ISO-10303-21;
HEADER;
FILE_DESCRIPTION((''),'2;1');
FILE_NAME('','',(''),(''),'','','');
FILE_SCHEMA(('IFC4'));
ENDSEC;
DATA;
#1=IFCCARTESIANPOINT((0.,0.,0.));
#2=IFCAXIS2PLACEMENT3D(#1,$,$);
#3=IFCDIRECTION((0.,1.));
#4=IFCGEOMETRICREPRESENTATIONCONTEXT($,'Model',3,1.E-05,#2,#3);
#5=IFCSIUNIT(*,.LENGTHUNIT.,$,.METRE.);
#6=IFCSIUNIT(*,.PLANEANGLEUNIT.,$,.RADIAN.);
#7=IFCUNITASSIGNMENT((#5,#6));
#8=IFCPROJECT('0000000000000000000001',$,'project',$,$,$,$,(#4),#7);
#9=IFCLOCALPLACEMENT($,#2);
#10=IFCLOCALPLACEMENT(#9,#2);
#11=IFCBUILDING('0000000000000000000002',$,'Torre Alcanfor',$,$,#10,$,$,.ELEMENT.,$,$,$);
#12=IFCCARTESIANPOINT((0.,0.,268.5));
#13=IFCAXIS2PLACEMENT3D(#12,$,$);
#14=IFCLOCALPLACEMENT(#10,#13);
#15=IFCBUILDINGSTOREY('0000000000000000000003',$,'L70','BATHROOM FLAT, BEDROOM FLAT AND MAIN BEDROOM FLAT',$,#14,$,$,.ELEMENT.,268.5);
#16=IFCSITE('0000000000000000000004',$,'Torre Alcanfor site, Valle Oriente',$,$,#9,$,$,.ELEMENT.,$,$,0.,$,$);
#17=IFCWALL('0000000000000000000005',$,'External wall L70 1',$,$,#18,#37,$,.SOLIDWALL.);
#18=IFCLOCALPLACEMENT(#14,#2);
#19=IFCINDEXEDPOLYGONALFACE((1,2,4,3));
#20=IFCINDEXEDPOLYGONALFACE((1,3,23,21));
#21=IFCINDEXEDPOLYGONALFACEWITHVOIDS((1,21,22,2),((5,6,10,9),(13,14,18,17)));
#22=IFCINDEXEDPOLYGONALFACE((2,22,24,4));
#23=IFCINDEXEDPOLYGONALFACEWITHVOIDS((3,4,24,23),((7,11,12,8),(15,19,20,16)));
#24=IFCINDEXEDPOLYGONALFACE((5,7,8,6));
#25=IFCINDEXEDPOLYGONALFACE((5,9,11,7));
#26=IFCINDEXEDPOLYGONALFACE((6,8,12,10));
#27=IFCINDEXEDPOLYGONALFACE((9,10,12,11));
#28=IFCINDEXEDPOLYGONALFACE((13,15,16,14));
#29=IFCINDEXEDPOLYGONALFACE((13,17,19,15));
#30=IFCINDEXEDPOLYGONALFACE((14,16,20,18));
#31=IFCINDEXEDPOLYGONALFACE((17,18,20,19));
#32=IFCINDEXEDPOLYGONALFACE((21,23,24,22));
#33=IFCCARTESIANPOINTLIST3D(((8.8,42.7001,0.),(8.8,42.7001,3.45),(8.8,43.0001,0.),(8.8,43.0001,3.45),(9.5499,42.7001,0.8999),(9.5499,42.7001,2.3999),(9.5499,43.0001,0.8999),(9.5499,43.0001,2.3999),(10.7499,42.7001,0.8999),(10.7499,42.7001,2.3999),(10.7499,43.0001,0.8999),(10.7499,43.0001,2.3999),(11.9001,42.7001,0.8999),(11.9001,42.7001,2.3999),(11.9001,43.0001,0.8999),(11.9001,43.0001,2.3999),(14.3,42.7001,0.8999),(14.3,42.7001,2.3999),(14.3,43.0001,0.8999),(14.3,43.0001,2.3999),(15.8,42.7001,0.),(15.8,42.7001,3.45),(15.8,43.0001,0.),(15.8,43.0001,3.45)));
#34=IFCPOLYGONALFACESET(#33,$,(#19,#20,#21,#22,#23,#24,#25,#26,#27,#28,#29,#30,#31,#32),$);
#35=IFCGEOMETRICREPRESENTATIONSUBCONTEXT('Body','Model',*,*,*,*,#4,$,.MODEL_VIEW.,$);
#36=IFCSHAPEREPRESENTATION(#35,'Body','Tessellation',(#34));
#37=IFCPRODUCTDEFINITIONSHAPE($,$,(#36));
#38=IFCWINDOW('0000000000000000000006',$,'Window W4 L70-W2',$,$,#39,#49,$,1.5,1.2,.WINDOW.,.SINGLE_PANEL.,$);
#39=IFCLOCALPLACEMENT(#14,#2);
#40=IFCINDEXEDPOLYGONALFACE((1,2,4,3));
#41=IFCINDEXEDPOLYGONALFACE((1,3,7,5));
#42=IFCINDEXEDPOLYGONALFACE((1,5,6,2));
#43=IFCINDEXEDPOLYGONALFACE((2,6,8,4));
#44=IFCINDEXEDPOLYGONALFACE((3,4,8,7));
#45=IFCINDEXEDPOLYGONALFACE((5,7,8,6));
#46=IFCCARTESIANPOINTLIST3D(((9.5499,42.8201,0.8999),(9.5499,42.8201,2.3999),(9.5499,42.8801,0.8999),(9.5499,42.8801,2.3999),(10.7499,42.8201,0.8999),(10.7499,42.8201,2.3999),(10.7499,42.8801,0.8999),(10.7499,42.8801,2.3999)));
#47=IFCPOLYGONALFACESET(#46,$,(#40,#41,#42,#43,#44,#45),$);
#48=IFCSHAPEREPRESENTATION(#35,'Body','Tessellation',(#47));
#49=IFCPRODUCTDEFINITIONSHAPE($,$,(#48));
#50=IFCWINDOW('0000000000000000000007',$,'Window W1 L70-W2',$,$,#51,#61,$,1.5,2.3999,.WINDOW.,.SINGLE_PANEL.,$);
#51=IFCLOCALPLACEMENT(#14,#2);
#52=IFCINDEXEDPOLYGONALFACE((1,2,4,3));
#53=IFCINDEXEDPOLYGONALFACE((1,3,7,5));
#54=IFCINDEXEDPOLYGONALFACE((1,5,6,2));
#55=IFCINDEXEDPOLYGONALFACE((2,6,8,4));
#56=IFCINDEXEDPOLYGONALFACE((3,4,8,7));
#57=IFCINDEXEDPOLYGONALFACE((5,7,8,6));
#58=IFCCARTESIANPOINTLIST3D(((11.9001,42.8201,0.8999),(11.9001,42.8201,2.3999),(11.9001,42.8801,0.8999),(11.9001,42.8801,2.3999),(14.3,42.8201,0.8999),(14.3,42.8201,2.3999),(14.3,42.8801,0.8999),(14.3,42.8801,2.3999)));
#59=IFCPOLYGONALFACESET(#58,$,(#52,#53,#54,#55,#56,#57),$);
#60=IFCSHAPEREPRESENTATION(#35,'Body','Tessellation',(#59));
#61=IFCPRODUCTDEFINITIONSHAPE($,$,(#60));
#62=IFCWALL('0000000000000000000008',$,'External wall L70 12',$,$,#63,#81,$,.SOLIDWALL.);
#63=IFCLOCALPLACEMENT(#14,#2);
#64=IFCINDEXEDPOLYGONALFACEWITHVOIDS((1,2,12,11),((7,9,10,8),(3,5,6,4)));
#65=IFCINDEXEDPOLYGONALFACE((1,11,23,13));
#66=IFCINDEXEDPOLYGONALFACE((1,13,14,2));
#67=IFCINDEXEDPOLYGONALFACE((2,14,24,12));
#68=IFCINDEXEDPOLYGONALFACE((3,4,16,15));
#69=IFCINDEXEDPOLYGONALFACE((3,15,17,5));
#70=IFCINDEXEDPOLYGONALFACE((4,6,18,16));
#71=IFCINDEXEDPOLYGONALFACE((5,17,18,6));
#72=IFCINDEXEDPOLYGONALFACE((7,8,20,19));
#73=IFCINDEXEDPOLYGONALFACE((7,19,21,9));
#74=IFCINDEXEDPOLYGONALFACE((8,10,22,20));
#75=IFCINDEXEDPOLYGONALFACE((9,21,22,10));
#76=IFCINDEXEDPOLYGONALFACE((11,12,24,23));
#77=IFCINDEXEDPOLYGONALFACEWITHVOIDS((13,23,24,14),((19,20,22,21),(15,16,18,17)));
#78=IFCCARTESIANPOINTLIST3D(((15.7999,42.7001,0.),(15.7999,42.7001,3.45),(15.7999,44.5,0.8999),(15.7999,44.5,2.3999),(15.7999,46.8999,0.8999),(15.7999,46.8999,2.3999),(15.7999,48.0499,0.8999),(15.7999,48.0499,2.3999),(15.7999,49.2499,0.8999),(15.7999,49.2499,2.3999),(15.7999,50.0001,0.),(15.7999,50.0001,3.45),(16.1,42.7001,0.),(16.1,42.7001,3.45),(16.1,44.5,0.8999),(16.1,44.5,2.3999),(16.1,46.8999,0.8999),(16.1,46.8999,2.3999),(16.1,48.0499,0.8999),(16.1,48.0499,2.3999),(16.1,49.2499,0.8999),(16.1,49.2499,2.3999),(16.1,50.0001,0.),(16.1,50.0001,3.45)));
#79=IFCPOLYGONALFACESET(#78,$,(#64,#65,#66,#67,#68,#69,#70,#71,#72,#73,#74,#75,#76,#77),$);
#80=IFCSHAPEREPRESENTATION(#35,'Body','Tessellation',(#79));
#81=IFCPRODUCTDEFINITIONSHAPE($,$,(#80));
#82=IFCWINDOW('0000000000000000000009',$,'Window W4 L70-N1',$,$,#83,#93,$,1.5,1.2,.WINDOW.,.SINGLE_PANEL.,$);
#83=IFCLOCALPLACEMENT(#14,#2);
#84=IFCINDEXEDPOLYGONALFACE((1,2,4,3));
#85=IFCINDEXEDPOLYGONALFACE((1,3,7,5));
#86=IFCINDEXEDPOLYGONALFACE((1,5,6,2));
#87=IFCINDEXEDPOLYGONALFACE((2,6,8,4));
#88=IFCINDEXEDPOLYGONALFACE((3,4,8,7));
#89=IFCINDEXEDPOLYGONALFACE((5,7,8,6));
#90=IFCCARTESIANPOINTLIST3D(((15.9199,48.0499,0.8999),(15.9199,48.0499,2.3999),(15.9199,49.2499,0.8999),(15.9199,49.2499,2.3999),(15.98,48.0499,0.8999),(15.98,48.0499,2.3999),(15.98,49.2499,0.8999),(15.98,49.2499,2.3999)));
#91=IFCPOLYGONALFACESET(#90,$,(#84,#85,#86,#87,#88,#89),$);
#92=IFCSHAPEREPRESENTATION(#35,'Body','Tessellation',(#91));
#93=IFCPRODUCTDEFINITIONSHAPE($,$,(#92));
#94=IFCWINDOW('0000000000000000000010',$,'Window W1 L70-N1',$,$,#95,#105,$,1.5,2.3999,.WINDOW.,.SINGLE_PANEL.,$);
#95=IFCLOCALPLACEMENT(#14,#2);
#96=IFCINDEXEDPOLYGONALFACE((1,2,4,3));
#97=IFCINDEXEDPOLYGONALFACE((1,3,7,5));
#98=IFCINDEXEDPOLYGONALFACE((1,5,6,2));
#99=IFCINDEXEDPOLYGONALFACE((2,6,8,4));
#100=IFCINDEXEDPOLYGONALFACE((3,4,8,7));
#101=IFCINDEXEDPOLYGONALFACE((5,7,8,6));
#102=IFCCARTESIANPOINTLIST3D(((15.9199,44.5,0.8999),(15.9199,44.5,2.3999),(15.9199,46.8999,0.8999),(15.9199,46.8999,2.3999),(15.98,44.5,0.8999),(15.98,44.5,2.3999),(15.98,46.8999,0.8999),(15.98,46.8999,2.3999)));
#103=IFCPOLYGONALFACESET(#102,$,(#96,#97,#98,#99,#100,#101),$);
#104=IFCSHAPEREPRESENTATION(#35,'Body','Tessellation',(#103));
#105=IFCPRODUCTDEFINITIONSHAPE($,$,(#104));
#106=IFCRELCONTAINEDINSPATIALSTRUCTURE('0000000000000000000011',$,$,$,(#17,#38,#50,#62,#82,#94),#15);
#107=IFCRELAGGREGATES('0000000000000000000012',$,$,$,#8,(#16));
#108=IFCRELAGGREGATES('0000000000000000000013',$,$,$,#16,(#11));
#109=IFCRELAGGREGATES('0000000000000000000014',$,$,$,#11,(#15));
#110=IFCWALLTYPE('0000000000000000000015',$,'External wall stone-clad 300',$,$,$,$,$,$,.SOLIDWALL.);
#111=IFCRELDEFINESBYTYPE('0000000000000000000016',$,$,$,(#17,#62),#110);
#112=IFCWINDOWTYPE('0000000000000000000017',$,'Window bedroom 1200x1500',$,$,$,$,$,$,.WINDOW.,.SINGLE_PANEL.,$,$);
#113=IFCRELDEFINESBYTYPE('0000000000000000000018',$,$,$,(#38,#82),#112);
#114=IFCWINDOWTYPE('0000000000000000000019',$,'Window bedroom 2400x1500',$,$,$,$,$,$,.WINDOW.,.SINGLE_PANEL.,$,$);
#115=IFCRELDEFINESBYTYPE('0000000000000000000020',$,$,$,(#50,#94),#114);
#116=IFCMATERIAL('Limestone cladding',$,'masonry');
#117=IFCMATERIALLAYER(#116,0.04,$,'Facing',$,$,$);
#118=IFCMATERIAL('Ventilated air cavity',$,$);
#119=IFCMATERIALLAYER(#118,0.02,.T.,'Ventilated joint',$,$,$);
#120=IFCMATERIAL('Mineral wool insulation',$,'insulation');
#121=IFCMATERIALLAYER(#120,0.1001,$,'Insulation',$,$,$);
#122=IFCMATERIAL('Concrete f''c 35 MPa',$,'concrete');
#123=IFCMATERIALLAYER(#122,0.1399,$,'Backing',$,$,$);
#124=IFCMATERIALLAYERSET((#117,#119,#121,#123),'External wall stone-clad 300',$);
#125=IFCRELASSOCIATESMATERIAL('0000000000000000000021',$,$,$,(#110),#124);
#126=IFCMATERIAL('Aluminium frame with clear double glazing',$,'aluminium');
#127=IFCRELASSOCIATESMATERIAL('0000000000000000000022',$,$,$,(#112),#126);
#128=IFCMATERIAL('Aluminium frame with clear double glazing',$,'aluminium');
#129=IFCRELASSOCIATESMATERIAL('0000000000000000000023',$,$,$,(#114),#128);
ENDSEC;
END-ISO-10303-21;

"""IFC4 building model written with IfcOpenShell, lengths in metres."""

from ifc_helpers import new_model, si_unit, direction, frame, frame_2d, origin, place, context, subcontext, project, spatial, rectangle, extrude, material, layer, layer_set, type_object, element, fill, save


model = new_model("IFC4")

# Units and contexts
model_context = context("Model", 3, precision=1e-05, world=origin(), true_north=direction((0.0, 1.0)))
body_context = subcontext(model_context, "Body", "Model", "MODEL_VIEW")
ifc_project = project(units=[si_unit("LENGTHUNIT", "METRE"), si_unit("PLANEANGLEUNIT", "RADIAN")], contexts=[model_context])

# Site, building, storey
site_placement = place(None, origin())
site = spatial("IfcSite", under=ifc_project, at=site_placement, Name="Torre Alcanfor site, Valle Oriente", CompositionType="ELEMENT", RefElevation=0.0)
building_placement = place(site_placement, origin())
building = spatial("IfcBuilding", under=site, at=building_placement, Name="Torre Alcanfor", CompositionType="ELEMENT")
storey_placement = place(building_placement, frame((0.0, 0.0, 268.5)))
storey = spatial("IfcBuildingStorey", under=building, at=storey_placement, Name="L70", Description="BATHROOM FLAT, BEDROOM FLAT AND MAIN BEDROOM FLAT", CompositionType="ELEMENT", Elevation=268.5)

# Walls, openings, windows
ifc_material_1 = material(Name="Limestone cladding", Category="masonry")
ifc_layer_1 = layer(ifc_material_1, 0.04, Name="Facing")
ifc_material_2 = material(Name="Ventilated air cavity")
ifc_layer_2 = layer(ifc_material_2, 0.02, ventilated=True, Name="Ventilated joint")
ifc_material_3 = material(Name="Mineral wool insulation", Category="insulation")
ifc_layer_3 = layer(ifc_material_3, 0.1001, Name="Insulation")
ifc_material_4 = material(Name="Concrete f'c 35 MPa", Category="concrete")
ifc_layer_4 = layer(ifc_material_4, 0.1399, Name="Backing")
ifc_layer_set_1 = layer_set([ifc_layer_1, ifc_layer_2, ifc_layer_3, ifc_layer_4], Name="External wall stone-clad 300")
wall_type_1 = type_object("IfcWallType", Name="External wall stone-clad 300", PredefinedType="SOLIDWALL", material=ifc_layer_set_1)
wall_1_placement = place(storey_placement, frame((15.8, 42.8501, 0.0), z_axis=(0.0, 0.0, 1.0), x_axis=(-1.0, 0.0, 0.0)))
wall_1 = element("IfcWall", 1, at=wall_1_placement, inside=storey, type_object=wall_type_1, Name="External wall L70 1", PredefinedType="SOLIDWALL", context=body_context, shape_type="SweptSolid", body=[
    extrude(rectangle(XDim=7.0, YDim=0.3, at=frame_2d((3.5, 0.0))), origin(), (0.0, 0.0, 1.0), 3.45),
])
opening_1_placement = place(wall_1_placement, frame((1.5, 0.0, 0.8999)))
opening_1 = element("IfcOpeningElement", 2, at=opening_1_placement, cuts=wall_1, PredefinedType="OPENING", context=body_context, shape_type="SweptSolid", body=[
    extrude(rectangle(XDim=2.3999, YDim=1.5, at=frame_2d((1.2, 0.75))), frame((0.0, 0.1599, 0.0), z_axis=(0.0, -1.0, 0.0), x_axis=(1.0, 0.0, 0.0)), (0.0, 0.0, 1.0), 0.3201),
])
opening_2_placement = place(wall_1_placement, frame((5.05, 0.0, 0.8999)))
opening_2 = element("IfcOpeningElement", 3, at=opening_2_placement, cuts=wall_1, PredefinedType="OPENING", context=body_context, shape_type="SweptSolid", body=[
    extrude(rectangle(XDim=1.2, YDim=1.5, at=frame_2d((0.6001, 0.75))), frame((0.0, 0.1599, 0.0), z_axis=(0.0, -1.0, 0.0), x_axis=(1.0, 0.0, 0.0)), (0.0, 0.0, 1.0), 0.3201),
])
ifc_material_5 = material(Name="Aluminium frame with clear double glazing", Category="aluminium")
window_type_1 = type_object("IfcWindowType", Name="Window bedroom 1200x1500", PartitioningType="SINGLE_PANEL", PredefinedType="WINDOW", material=ifc_material_5)
window_1_placement = place(opening_2_placement, origin())
window_1 = element("IfcWindow", 4, at=window_1_placement, inside=storey, type_object=window_type_1, Name="Window W4 L70-W2", OverallHeight=1.5, OverallWidth=1.2, PartitioningType="SINGLE_PANEL", PredefinedType="WINDOW", context=body_context, shape_type="SweptSolid", body=[
    extrude(rectangle(XDim=1.2, YDim=1.5, at=frame_2d((0.6001, 0.75))), frame((0.0, 0.03, 0.0), z_axis=(0.0, -1.0, 0.0), x_axis=(1.0, 0.0, 0.0)), (0.0, 0.0, 1.0), 0.0601),
])
fill(opening_2, window_1)
ifc_material_6 = material(Name="Aluminium frame with clear double glazing", Category="aluminium")
window_type_2 = type_object("IfcWindowType", Name="Window bedroom 2400x1500", PartitioningType="SINGLE_PANEL", PredefinedType="WINDOW", material=ifc_material_6)
window_2_placement = place(opening_1_placement, origin())
window_2 = element("IfcWindow", 5, at=window_2_placement, inside=storey, type_object=window_type_2, Name="Window W1 L70-W2", OverallHeight=1.5, OverallWidth=2.3999, PartitioningType="SINGLE_PANEL", PredefinedType="WINDOW", context=body_context, shape_type="SweptSolid", body=[
    extrude(rectangle(XDim=2.3999, YDim=1.5, at=frame_2d((1.2, 0.75))), frame((0.0, 0.03, 0.0), z_axis=(0.0, -1.0, 0.0), x_axis=(1.0, 0.0, 0.0)), (0.0, 0.0, 1.0), 0.0601),
])
fill(opening_1, window_2)
wall_2_placement = place(storey_placement, frame((15.95, 50.0, 0.0), z_axis=(0.0, 0.0, 1.0), x_axis=(0.0, -1.0, 0.0)))
wall_2 = element("IfcWall", 6, at=wall_2_placement, inside=storey, type_object=wall_type_1, Name="External wall L70 12", PredefinedType="SOLIDWALL", context=body_context, shape_type="SweptSolid", body=[
    extrude(rectangle(XDim=7.3, YDim=0.3, at=frame_2d((3.6499, 0.0))), origin(), (0.0, 0.0, 1.0), 3.45),
])
opening_3_placement = place(wall_2_placement, frame((3.1001, 0.0, 0.8999)))
opening_3 = element("IfcOpeningElement", 7, at=opening_3_placement, cuts=wall_2, PredefinedType="OPENING", context=body_context, shape_type="SweptSolid", body=[
    extrude(rectangle(XDim=2.3999, YDim=1.5, at=frame_2d((1.2, 0.75))), frame((0.0, 0.1599, 0.0), z_axis=(0.0, -1.0, 0.0), x_axis=(1.0, 0.0, 0.0)), (0.0, 0.0, 1.0), 0.3201),
])
opening_4_placement = place(wall_2_placement, frame((0.75, 0.0, 0.8999)))
opening_4 = element("IfcOpeningElement", 8, at=opening_4_placement, cuts=wall_2, PredefinedType="OPENING", context=body_context, shape_type="SweptSolid", body=[
    extrude(rectangle(XDim=1.2, YDim=1.5, at=frame_2d((0.6001, 0.75))), frame((0.0, 0.1599, 0.0), z_axis=(0.0, -1.0, 0.0), x_axis=(1.0, 0.0, 0.0)), (0.0, 0.0, 1.0), 0.3201),
])
window_3_placement = place(opening_4_placement, origin())
window_3 = element("IfcWindow", 9, at=window_3_placement, inside=storey, type_object=window_type_1, Name="Window W4 L70-N1", OverallHeight=1.5, OverallWidth=1.2, PartitioningType="SINGLE_PANEL", PredefinedType="WINDOW", context=body_context, shape_type="SweptSolid", body=[
    extrude(rectangle(XDim=1.2, YDim=1.5, at=frame_2d((0.6001, 0.75))), frame((0.0, 0.03, 0.0), z_axis=(0.0, -1.0, 0.0), x_axis=(1.0, 0.0, 0.0)), (0.0, 0.0, 1.0), 0.0601),
])
fill(opening_4, window_3)
window_4_placement = place(opening_3_placement, origin())
window_4 = element("IfcWindow", 10, at=window_4_placement, inside=storey, type_object=window_type_2, Name="Window W1 L70-N1", OverallHeight=1.5, OverallWidth=2.3999, PartitioningType="SINGLE_PANEL", PredefinedType="WINDOW", context=body_context, shape_type="SweptSolid", body=[
    extrude(rectangle(XDim=2.3999, YDim=1.5, at=frame_2d((1.2, 0.75))), frame((0.0, 0.03, 0.0), z_axis=(0.0, -1.0, 0.0), x_axis=(1.0, 0.0, 0.0)), (0.0, 0.0, 1.0), 0.0601),
])
fill(opening_3, window_4)

save(model, "model.ifc")
